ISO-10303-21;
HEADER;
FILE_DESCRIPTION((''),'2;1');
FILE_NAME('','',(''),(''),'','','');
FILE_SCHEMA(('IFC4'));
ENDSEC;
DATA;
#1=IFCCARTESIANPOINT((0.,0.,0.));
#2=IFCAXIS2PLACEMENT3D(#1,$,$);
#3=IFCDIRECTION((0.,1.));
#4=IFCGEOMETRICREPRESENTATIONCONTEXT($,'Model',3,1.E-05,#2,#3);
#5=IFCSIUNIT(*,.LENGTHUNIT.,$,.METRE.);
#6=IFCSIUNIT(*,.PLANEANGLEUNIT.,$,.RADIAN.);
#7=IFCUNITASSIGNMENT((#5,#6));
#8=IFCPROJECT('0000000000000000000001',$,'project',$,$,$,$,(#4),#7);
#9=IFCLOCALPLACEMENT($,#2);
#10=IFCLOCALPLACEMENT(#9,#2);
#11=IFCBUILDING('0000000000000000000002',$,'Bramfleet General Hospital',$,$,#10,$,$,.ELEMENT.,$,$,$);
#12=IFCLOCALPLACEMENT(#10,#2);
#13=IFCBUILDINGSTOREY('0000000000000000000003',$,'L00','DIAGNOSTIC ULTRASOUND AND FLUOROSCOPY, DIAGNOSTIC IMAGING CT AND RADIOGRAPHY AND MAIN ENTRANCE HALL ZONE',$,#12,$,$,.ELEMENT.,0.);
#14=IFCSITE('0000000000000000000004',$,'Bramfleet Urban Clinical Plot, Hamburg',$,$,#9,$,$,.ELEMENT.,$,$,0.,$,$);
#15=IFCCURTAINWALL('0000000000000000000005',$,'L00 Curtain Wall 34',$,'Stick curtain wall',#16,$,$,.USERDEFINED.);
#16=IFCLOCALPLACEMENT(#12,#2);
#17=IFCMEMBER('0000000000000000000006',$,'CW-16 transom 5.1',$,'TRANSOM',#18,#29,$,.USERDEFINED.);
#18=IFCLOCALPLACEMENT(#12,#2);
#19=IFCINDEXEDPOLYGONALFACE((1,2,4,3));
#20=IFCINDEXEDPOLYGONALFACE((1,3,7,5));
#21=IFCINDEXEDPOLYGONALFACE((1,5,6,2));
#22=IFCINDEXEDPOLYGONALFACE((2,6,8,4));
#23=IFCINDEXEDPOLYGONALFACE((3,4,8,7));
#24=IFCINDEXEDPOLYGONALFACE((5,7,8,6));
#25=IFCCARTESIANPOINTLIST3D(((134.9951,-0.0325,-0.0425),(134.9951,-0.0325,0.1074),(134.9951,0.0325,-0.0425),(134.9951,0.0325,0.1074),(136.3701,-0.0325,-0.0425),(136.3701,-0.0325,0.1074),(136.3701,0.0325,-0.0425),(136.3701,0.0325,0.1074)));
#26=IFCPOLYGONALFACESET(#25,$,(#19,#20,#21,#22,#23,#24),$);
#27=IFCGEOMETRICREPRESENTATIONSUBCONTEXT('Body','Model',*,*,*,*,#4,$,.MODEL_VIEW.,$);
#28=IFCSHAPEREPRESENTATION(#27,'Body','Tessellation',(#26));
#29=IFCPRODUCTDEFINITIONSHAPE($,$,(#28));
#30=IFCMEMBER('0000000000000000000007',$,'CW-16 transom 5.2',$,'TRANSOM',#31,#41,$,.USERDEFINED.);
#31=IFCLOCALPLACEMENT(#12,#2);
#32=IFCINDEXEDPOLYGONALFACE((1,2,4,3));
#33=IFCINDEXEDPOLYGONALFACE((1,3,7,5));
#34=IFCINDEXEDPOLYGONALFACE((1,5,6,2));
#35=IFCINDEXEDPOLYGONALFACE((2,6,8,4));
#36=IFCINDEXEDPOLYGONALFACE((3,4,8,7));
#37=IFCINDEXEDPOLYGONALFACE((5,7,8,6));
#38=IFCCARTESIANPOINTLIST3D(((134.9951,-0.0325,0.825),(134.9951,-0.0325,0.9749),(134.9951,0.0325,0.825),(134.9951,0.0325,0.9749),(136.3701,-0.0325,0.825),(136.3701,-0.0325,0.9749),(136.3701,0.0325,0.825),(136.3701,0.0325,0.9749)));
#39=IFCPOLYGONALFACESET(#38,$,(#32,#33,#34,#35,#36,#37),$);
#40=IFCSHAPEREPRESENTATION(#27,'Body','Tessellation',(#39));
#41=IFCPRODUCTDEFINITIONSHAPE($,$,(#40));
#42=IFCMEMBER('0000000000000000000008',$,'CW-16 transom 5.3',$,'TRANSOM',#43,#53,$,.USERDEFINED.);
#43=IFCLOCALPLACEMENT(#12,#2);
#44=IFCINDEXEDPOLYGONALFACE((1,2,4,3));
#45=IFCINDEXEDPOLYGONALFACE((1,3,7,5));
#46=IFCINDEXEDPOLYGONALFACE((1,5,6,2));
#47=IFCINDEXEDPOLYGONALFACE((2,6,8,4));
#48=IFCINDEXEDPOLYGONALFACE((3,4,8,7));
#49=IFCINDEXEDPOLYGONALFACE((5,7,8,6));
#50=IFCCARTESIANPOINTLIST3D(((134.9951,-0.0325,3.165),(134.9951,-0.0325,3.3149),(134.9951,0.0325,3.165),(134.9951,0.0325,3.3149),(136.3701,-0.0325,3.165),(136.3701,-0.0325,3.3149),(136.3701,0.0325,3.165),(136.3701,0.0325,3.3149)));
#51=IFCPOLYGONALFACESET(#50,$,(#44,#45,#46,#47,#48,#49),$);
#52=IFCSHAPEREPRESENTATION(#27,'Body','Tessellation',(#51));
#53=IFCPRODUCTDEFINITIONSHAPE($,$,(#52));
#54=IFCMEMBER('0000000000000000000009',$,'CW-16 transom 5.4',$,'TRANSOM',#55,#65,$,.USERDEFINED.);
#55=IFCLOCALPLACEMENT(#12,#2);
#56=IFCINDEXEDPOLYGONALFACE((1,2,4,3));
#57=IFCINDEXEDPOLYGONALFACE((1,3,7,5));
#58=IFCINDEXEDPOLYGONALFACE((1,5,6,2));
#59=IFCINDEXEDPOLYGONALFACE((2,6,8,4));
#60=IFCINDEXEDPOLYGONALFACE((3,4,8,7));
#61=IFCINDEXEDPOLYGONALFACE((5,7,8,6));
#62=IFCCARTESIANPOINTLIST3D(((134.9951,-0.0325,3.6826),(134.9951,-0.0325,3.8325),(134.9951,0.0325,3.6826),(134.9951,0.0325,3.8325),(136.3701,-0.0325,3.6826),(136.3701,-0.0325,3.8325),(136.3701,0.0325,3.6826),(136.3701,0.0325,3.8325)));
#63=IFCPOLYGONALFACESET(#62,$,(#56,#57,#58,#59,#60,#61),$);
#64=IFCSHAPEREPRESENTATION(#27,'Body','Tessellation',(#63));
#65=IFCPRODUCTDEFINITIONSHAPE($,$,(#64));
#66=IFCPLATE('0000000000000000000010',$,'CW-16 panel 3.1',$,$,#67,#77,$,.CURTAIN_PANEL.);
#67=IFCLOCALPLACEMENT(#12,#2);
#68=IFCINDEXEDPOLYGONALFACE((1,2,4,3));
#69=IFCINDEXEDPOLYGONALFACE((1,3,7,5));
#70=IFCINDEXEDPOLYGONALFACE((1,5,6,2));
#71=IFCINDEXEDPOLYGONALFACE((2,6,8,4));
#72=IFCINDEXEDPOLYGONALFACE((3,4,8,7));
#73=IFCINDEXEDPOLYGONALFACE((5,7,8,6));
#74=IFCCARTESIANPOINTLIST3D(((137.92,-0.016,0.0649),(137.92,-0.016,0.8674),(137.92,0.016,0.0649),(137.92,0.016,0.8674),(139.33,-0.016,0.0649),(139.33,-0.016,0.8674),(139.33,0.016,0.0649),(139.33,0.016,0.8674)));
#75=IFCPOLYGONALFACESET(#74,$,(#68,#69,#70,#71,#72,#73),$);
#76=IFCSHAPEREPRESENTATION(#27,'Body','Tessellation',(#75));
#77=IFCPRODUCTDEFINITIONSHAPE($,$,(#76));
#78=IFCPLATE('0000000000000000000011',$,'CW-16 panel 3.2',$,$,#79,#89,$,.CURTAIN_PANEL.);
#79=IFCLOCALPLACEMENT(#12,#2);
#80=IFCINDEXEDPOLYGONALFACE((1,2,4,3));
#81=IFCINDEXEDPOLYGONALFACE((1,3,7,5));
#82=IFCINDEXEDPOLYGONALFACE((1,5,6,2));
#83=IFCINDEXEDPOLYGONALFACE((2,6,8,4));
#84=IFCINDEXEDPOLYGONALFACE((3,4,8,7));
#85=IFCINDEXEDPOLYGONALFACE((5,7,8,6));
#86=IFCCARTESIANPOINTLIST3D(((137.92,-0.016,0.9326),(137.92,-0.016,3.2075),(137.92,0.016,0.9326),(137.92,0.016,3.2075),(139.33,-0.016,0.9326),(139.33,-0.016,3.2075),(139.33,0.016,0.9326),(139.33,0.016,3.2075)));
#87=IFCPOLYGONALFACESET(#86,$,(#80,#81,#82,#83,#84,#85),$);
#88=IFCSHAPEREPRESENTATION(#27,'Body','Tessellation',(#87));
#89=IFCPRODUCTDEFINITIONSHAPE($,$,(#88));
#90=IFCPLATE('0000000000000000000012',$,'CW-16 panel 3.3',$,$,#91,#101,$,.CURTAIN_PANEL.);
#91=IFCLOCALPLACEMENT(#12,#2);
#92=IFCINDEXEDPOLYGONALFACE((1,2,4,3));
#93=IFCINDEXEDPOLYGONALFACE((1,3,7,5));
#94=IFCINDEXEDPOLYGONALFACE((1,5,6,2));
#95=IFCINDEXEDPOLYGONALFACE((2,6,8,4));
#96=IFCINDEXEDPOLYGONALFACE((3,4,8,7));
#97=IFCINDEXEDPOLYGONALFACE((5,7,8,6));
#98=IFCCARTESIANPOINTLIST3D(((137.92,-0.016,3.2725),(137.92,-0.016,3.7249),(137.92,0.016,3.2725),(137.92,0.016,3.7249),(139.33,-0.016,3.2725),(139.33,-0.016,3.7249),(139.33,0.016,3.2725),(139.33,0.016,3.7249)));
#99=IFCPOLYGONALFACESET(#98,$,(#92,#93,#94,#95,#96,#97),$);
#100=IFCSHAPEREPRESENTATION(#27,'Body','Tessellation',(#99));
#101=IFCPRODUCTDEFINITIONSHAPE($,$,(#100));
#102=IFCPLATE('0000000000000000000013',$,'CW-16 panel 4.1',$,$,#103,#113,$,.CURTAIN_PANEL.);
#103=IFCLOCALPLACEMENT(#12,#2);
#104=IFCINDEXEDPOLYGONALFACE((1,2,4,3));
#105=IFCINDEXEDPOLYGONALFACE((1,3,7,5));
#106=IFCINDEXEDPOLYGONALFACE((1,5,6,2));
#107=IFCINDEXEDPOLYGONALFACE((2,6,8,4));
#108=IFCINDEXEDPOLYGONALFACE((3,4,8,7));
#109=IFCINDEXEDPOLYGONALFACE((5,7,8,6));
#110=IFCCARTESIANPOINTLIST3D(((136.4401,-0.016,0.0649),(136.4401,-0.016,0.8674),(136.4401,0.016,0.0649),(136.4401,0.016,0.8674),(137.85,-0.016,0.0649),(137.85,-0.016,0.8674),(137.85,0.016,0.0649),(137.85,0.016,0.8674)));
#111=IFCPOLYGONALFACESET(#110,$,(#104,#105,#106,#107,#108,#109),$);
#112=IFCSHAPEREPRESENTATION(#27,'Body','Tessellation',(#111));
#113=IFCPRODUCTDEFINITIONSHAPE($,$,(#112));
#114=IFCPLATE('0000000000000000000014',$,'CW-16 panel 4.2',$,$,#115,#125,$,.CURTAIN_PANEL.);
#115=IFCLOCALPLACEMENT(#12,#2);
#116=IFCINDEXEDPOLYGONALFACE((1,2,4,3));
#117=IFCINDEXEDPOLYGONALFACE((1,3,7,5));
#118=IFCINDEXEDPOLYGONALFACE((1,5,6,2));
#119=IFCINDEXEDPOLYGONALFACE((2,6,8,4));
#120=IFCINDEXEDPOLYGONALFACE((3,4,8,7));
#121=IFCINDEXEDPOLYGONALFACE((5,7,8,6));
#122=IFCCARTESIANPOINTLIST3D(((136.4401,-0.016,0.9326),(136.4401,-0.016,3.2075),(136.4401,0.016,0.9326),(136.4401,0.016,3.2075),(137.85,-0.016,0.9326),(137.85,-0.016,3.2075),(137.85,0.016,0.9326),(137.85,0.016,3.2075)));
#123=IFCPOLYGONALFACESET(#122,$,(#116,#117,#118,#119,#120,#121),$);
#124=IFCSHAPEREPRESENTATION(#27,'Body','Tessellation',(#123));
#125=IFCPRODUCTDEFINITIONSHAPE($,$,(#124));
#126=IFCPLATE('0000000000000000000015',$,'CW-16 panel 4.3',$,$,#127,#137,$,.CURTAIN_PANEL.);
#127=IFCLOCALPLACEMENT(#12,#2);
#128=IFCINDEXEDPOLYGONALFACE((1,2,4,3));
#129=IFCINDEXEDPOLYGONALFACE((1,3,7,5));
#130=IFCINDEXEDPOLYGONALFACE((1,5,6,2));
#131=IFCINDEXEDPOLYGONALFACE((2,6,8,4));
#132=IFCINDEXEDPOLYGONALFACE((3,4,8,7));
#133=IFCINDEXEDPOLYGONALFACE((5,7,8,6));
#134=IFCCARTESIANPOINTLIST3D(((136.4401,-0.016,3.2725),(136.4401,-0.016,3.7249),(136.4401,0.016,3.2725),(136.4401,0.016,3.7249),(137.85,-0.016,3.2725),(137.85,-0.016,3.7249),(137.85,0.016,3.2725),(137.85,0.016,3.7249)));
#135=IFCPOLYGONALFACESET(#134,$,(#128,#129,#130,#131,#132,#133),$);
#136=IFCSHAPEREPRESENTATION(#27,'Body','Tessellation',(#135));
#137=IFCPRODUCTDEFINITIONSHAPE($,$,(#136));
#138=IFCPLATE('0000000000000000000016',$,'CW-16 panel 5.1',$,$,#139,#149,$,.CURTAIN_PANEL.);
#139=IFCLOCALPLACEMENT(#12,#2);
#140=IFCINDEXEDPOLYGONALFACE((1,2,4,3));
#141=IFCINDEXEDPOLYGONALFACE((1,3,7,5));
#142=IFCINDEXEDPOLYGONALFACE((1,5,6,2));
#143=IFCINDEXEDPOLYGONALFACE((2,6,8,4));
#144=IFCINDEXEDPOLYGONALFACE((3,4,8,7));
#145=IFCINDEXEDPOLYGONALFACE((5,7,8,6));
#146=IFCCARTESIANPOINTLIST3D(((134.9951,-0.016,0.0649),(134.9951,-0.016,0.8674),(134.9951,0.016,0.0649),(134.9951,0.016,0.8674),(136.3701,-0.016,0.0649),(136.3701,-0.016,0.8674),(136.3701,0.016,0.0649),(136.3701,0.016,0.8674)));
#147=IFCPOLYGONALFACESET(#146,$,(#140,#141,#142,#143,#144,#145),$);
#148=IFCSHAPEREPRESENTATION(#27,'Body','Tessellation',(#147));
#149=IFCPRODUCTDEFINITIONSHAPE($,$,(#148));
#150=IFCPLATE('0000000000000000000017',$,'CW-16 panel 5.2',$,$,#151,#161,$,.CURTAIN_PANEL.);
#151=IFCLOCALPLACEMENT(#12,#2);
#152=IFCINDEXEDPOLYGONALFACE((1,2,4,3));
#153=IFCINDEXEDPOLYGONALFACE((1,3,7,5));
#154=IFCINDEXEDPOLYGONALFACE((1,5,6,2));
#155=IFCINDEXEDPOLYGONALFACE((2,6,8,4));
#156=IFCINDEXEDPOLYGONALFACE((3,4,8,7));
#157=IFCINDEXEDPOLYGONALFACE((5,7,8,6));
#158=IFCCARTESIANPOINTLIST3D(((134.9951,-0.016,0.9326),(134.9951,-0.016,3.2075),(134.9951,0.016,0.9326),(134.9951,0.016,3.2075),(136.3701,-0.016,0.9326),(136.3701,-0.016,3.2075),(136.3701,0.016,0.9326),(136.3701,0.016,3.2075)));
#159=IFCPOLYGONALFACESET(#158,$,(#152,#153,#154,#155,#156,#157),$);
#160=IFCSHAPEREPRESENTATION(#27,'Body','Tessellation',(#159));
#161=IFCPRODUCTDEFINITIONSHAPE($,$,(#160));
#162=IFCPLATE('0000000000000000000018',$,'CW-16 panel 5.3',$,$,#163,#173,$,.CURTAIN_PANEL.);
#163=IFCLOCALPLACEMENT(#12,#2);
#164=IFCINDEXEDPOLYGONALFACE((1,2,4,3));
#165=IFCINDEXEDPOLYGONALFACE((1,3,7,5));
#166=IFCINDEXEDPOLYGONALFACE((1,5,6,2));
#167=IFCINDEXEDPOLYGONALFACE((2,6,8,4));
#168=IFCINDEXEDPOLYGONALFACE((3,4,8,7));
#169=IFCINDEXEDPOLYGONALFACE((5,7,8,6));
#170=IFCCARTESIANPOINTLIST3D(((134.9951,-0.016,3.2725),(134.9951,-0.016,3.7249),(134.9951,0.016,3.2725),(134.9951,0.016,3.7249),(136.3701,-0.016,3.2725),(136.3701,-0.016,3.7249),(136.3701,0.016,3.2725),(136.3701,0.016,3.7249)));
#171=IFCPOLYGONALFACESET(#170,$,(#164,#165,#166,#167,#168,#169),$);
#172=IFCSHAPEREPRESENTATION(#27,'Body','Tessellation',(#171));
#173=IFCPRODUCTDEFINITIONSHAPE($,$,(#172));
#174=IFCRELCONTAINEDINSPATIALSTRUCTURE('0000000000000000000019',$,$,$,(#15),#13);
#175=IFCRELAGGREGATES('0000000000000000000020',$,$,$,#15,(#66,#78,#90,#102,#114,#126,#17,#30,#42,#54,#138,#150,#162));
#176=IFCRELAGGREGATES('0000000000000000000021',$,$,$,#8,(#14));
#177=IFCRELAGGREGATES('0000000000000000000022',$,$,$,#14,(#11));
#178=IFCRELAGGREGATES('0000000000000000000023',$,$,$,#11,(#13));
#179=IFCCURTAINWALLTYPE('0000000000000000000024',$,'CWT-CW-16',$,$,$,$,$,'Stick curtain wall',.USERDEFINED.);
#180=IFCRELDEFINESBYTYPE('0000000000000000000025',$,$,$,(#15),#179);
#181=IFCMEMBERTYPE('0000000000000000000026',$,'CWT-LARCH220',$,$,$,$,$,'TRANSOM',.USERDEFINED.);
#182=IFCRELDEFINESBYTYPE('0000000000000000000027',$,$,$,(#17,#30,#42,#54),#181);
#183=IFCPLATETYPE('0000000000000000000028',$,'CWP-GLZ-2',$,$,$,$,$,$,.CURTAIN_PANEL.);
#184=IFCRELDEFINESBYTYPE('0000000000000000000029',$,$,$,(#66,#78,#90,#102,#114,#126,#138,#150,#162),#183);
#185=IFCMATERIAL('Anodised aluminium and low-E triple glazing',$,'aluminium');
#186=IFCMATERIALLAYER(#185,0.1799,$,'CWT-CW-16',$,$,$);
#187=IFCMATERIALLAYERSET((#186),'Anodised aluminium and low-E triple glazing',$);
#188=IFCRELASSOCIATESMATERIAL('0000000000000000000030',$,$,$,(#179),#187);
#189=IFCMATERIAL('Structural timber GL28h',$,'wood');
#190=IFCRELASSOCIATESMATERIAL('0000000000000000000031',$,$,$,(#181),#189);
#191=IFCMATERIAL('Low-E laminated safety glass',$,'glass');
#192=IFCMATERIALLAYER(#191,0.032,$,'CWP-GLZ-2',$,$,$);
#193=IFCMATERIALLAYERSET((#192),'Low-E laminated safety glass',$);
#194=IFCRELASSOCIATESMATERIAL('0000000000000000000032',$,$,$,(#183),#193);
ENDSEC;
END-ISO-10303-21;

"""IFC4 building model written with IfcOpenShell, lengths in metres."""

from ifc_helpers import new_model, si_unit, direction, frame, origin, origin_2d, place, context, subcontext, project, spatial, rectangle, extrude, material, layer, layer_set, material_profile, profile_set, type_object, element, aggregate, save


model = new_model("IFC4")

# Units and contexts
model_context = context("Model", 3, precision=1e-05, world=origin(), true_north=direction((0.0, 1.0)))
body_context = subcontext(model_context, "Body", "Model", "MODEL_VIEW")
ifc_project = project(units=[si_unit("LENGTHUNIT", "METRE"), si_unit("PLANEANGLEUNIT", "RADIAN")], contexts=[model_context])

# Site, building, storey
site_placement = place(None, origin())
site = spatial("IfcSite", under=ifc_project, at=site_placement, Name="Bramfleet Urban Clinical Plot, Hamburg", CompositionType="ELEMENT", RefElevation=0.0)
building_placement = place(site_placement, origin())
building = spatial("IfcBuilding", under=site, at=building_placement, Name="Bramfleet General Hospital", CompositionType="ELEMENT")
storey_placement = place(building_placement, origin())
storey = spatial("IfcBuildingStorey", under=building, at=storey_placement, Name="L00", Description="DIAGNOSTIC ULTRASOUND AND FLUOROSCOPY, DIAGNOSTIC IMAGING CT AND RADIOGRAPHY AND MAIN ENTRANCE HALL ZONE", CompositionType="ELEMENT", Elevation=0.0)

# Curtain wall, members, plates
ifc_material_1 = material(Name="Anodised aluminium and low-E triple glazing", Category="aluminium")
ifc_layer_1 = layer(ifc_material_1, 0.1799, Name="CWT-CW-16")
ifc_layer_set_1 = layer_set([ifc_layer_1], Name="Anodised aluminium and low-E triple glazing")
curtain_wall_type = type_object("IfcCurtainWallType", Name="CWT-CW-16", ElementType="Stick curtain wall", PredefinedType="USERDEFINED", material=ifc_layer_set_1)
curtain_wall_placement = place(storey_placement, origin())
curtain_wall = element("IfcCurtainWall", 1, at=curtain_wall_placement, inside=storey, type_object=curtain_wall_type, Name="L00 Curtain Wall 34", ObjectType="Stick curtain wall", PredefinedType="USERDEFINED")
ifc_material_2 = material(Name="Structural timber GL28h", Category="wood")
ifc_material_profile_1 = material_profile(ifc_material_2, rectangle(XDim=0.0649, YDim=0.1499, at=origin_2d()), Name="LARCH 150x65")
ifc_profile_set_1 = profile_set([ifc_material_profile_1], Name="Structural timber GL28h")
member_type_1 = type_object("IfcMemberType", Name="CWT-LARCH220", ElementType="TRANSOM", PredefinedType="USERDEFINED", material=ifc_profile_set_1)
member_1_placement = place(storey_placement, frame((136.3701, 0.0, 0.0325), z_axis=(-1.0, 0.0, 0.0), x_axis=(0.0, -1.0, 0.0)))
member_1 = element("IfcMember", 2, at=member_1_placement, type_object=member_type_1, Name="CW-16 transom 5.1", ObjectType="TRANSOM", PredefinedType="USERDEFINED", context=body_context, shape_type="SweptSolid", body=[
    extrude(rectangle(XDim=0.0649, YDim=0.1499, at=origin_2d()), origin(), (0.0, 0.0, 1.0), 1.375),
])
member_2_placement = place(storey_placement, frame((136.3701, 0.0, 0.8999), z_axis=(-1.0, 0.0, 0.0), x_axis=(0.0, -1.0, 0.0)))
member_2 = element("IfcMember", 3, at=member_2_placement, type_object=member_type_1, Name="CW-16 transom 5.2", ObjectType="TRANSOM", PredefinedType="USERDEFINED", context=body_context, shape_type="SweptSolid", body=[
    extrude(rectangle(XDim=0.0649, YDim=0.1499, at=origin_2d()), origin(), (0.0, 0.0, 1.0), 1.375),
])
member_3_placement = place(storey_placement, frame((136.3701, 0.0, 3.24), z_axis=(-1.0, 0.0, 0.0), x_axis=(0.0, -1.0, 0.0)))
member_3 = element("IfcMember", 4, at=member_3_placement, type_object=member_type_1, Name="CW-16 transom 5.3", ObjectType="TRANSOM", PredefinedType="USERDEFINED", context=body_context, shape_type="SweptSolid", body=[
    extrude(rectangle(XDim=0.0649, YDim=0.1499, at=origin_2d()), origin(), (0.0, 0.0, 1.0), 1.375),
])
member_4_placement = place(storey_placement, frame((136.3701, 0.0, 3.7576), z_axis=(-1.0, 0.0, 0.0), x_axis=(0.0, -1.0, 0.0)))
member_4 = element("IfcMember", 5, at=member_4_placement, type_object=member_type_1, Name="CW-16 transom 5.4", ObjectType="TRANSOM", PredefinedType="USERDEFINED", context=body_context, shape_type="SweptSolid", body=[
    extrude(rectangle(XDim=0.0649, YDim=0.1499, at=origin_2d()), origin(), (0.0, 0.0, 1.0), 1.375),
])
ifc_material_3 = material(Name="Low-E laminated safety glass", Category="glass")
ifc_layer_2 = layer(ifc_material_3, 0.032, Name="CWP-GLZ-2")
ifc_layer_set_2 = layer_set([ifc_layer_2], Name="Low-E laminated safety glass")
plate_type = type_object("IfcPlateType", Name="CWP-GLZ-2", PredefinedType="CURTAIN_PANEL", material=ifc_layer_set_2)
plate_1_placement = place(storey_placement, frame((138.625, 0.0, 0.0649), z_axis=(0.0, 0.0, 1.0), x_axis=(-1.0, 0.0, 0.0)))
plate_1 = element("IfcPlate", 6, at=plate_1_placement, type_object=plate_type, Name="CW-16 panel 3.1", PredefinedType="CURTAIN_PANEL", context=body_context, shape_type="SweptSolid", body=[
    extrude(rectangle(XDim=1.4099, YDim=0.032, at=origin_2d()), origin(), (0.0, 0.0, 1.0), 0.8025),
])
plate_2_placement = place(storey_placement, frame((138.625, 0.0, 0.9326), z_axis=(0.0, 0.0, 1.0), x_axis=(-1.0, 0.0, 0.0)))
plate_2 = element("IfcPlate", 7, at=plate_2_placement, type_object=plate_type, Name="CW-16 panel 3.2", PredefinedType="CURTAIN_PANEL", context=body_context, shape_type="SweptSolid", body=[
    extrude(rectangle(XDim=1.4099, YDim=0.032, at=origin_2d()), origin(), (0.0, 0.0, 1.0), 2.2749),
])
plate_3_placement = place(storey_placement, frame((138.625, 0.0, 3.2725), z_axis=(0.0, 0.0, 1.0), x_axis=(-1.0, 0.0, 0.0)))
plate_3 = element("IfcPlate", 8, at=plate_3_placement, type_object=plate_type, Name="CW-16 panel 3.3", PredefinedType="CURTAIN_PANEL", context=body_context, shape_type="SweptSolid", body=[
    extrude(rectangle(XDim=1.4099, YDim=0.032, at=origin_2d()), origin(), (0.0, 0.0, 1.0), 0.4524),
])
plate_4_placement = place(storey_placement, frame((137.145, 0.0, 0.0649), z_axis=(0.0, 0.0, 1.0), x_axis=(-1.0, 0.0, 0.0)))
plate_4 = element("IfcPlate", 9, at=plate_4_placement, type_object=plate_type, Name="CW-16 panel 4.1", PredefinedType="CURTAIN_PANEL", context=body_context, shape_type="SweptSolid", body=[
    extrude(rectangle(XDim=1.4099, YDim=0.032, at=origin_2d()), origin(), (0.0, 0.0, 1.0), 0.8025),
])
plate_5_placement = place(storey_placement, frame((137.145, 0.0, 0.9326), z_axis=(0.0, 0.0, 1.0), x_axis=(-1.0, 0.0, 0.0)))
plate_5 = element("IfcPlate", 10, at=plate_5_placement, type_object=plate_type, Name="CW-16 panel 4.2", PredefinedType="CURTAIN_PANEL", context=body_context, shape_type="SweptSolid", body=[
    extrude(rectangle(XDim=1.4099, YDim=0.032, at=origin_2d()), origin(), (0.0, 0.0, 1.0), 2.2749),
])
plate_6_placement = place(storey_placement, frame((137.145, 0.0, 3.2725), z_axis=(0.0, 0.0, 1.0), x_axis=(-1.0, 0.0, 0.0)))
plate_6 = element("IfcPlate", 11, at=plate_6_placement, type_object=plate_type, Name="CW-16 panel 4.3", PredefinedType="CURTAIN_PANEL", context=body_context, shape_type="SweptSolid", body=[
    extrude(rectangle(XDim=1.4099, YDim=0.032, at=origin_2d()), origin(), (0.0, 0.0, 1.0), 0.4524),
])
plate_7_placement = place(storey_placement, frame((135.6826, 0.0, 0.0649), z_axis=(0.0, 0.0, 1.0), x_axis=(-1.0, 0.0, 0.0)))
plate_7 = element("IfcPlate", 12, at=plate_7_placement, type_object=plate_type, Name="CW-16 panel 5.1", PredefinedType="CURTAIN_PANEL", context=body_context, shape_type="SweptSolid", body=[
    extrude(rectangle(XDim=1.375, YDim=0.032, at=origin_2d()), origin(), (0.0, 0.0, 1.0), 0.8025),
])
plate_8_placement = place(storey_placement, frame((135.6826, 0.0, 0.9326), z_axis=(0.0, 0.0, 1.0), x_axis=(-1.0, 0.0, 0.0)))
plate_8 = element("IfcPlate", 13, at=plate_8_placement, type_object=plate_type, Name="CW-16 panel 5.2", PredefinedType="CURTAIN_PANEL", context=body_context, shape_type="SweptSolid", body=[
    extrude(rectangle(XDim=1.375, YDim=0.032, at=origin_2d()), origin(), (0.0, 0.0, 1.0), 2.2749),
])
plate_9_placement = place(storey_placement, frame((135.6826, 0.0, 3.2725), z_axis=(0.0, 0.0, 1.0), x_axis=(-1.0, 0.0, 0.0)))
plate_9 = element("IfcPlate", 14, at=plate_9_placement, type_object=plate_type, Name="CW-16 panel 5.3", PredefinedType="CURTAIN_PANEL", context=body_context, shape_type="SweptSolid", body=[
    extrude(rectangle(XDim=1.375, YDim=0.032, at=origin_2d()), origin(), (0.0, 0.0, 1.0), 0.4524),
])
aggregate(curtain_wall, [plate_1, plate_2, plate_3, plate_4, plate_5, plate_6, member_1, member_2, member_3, member_4, plate_7, plate_8, plate_9])

save(model, "model.ifc")
